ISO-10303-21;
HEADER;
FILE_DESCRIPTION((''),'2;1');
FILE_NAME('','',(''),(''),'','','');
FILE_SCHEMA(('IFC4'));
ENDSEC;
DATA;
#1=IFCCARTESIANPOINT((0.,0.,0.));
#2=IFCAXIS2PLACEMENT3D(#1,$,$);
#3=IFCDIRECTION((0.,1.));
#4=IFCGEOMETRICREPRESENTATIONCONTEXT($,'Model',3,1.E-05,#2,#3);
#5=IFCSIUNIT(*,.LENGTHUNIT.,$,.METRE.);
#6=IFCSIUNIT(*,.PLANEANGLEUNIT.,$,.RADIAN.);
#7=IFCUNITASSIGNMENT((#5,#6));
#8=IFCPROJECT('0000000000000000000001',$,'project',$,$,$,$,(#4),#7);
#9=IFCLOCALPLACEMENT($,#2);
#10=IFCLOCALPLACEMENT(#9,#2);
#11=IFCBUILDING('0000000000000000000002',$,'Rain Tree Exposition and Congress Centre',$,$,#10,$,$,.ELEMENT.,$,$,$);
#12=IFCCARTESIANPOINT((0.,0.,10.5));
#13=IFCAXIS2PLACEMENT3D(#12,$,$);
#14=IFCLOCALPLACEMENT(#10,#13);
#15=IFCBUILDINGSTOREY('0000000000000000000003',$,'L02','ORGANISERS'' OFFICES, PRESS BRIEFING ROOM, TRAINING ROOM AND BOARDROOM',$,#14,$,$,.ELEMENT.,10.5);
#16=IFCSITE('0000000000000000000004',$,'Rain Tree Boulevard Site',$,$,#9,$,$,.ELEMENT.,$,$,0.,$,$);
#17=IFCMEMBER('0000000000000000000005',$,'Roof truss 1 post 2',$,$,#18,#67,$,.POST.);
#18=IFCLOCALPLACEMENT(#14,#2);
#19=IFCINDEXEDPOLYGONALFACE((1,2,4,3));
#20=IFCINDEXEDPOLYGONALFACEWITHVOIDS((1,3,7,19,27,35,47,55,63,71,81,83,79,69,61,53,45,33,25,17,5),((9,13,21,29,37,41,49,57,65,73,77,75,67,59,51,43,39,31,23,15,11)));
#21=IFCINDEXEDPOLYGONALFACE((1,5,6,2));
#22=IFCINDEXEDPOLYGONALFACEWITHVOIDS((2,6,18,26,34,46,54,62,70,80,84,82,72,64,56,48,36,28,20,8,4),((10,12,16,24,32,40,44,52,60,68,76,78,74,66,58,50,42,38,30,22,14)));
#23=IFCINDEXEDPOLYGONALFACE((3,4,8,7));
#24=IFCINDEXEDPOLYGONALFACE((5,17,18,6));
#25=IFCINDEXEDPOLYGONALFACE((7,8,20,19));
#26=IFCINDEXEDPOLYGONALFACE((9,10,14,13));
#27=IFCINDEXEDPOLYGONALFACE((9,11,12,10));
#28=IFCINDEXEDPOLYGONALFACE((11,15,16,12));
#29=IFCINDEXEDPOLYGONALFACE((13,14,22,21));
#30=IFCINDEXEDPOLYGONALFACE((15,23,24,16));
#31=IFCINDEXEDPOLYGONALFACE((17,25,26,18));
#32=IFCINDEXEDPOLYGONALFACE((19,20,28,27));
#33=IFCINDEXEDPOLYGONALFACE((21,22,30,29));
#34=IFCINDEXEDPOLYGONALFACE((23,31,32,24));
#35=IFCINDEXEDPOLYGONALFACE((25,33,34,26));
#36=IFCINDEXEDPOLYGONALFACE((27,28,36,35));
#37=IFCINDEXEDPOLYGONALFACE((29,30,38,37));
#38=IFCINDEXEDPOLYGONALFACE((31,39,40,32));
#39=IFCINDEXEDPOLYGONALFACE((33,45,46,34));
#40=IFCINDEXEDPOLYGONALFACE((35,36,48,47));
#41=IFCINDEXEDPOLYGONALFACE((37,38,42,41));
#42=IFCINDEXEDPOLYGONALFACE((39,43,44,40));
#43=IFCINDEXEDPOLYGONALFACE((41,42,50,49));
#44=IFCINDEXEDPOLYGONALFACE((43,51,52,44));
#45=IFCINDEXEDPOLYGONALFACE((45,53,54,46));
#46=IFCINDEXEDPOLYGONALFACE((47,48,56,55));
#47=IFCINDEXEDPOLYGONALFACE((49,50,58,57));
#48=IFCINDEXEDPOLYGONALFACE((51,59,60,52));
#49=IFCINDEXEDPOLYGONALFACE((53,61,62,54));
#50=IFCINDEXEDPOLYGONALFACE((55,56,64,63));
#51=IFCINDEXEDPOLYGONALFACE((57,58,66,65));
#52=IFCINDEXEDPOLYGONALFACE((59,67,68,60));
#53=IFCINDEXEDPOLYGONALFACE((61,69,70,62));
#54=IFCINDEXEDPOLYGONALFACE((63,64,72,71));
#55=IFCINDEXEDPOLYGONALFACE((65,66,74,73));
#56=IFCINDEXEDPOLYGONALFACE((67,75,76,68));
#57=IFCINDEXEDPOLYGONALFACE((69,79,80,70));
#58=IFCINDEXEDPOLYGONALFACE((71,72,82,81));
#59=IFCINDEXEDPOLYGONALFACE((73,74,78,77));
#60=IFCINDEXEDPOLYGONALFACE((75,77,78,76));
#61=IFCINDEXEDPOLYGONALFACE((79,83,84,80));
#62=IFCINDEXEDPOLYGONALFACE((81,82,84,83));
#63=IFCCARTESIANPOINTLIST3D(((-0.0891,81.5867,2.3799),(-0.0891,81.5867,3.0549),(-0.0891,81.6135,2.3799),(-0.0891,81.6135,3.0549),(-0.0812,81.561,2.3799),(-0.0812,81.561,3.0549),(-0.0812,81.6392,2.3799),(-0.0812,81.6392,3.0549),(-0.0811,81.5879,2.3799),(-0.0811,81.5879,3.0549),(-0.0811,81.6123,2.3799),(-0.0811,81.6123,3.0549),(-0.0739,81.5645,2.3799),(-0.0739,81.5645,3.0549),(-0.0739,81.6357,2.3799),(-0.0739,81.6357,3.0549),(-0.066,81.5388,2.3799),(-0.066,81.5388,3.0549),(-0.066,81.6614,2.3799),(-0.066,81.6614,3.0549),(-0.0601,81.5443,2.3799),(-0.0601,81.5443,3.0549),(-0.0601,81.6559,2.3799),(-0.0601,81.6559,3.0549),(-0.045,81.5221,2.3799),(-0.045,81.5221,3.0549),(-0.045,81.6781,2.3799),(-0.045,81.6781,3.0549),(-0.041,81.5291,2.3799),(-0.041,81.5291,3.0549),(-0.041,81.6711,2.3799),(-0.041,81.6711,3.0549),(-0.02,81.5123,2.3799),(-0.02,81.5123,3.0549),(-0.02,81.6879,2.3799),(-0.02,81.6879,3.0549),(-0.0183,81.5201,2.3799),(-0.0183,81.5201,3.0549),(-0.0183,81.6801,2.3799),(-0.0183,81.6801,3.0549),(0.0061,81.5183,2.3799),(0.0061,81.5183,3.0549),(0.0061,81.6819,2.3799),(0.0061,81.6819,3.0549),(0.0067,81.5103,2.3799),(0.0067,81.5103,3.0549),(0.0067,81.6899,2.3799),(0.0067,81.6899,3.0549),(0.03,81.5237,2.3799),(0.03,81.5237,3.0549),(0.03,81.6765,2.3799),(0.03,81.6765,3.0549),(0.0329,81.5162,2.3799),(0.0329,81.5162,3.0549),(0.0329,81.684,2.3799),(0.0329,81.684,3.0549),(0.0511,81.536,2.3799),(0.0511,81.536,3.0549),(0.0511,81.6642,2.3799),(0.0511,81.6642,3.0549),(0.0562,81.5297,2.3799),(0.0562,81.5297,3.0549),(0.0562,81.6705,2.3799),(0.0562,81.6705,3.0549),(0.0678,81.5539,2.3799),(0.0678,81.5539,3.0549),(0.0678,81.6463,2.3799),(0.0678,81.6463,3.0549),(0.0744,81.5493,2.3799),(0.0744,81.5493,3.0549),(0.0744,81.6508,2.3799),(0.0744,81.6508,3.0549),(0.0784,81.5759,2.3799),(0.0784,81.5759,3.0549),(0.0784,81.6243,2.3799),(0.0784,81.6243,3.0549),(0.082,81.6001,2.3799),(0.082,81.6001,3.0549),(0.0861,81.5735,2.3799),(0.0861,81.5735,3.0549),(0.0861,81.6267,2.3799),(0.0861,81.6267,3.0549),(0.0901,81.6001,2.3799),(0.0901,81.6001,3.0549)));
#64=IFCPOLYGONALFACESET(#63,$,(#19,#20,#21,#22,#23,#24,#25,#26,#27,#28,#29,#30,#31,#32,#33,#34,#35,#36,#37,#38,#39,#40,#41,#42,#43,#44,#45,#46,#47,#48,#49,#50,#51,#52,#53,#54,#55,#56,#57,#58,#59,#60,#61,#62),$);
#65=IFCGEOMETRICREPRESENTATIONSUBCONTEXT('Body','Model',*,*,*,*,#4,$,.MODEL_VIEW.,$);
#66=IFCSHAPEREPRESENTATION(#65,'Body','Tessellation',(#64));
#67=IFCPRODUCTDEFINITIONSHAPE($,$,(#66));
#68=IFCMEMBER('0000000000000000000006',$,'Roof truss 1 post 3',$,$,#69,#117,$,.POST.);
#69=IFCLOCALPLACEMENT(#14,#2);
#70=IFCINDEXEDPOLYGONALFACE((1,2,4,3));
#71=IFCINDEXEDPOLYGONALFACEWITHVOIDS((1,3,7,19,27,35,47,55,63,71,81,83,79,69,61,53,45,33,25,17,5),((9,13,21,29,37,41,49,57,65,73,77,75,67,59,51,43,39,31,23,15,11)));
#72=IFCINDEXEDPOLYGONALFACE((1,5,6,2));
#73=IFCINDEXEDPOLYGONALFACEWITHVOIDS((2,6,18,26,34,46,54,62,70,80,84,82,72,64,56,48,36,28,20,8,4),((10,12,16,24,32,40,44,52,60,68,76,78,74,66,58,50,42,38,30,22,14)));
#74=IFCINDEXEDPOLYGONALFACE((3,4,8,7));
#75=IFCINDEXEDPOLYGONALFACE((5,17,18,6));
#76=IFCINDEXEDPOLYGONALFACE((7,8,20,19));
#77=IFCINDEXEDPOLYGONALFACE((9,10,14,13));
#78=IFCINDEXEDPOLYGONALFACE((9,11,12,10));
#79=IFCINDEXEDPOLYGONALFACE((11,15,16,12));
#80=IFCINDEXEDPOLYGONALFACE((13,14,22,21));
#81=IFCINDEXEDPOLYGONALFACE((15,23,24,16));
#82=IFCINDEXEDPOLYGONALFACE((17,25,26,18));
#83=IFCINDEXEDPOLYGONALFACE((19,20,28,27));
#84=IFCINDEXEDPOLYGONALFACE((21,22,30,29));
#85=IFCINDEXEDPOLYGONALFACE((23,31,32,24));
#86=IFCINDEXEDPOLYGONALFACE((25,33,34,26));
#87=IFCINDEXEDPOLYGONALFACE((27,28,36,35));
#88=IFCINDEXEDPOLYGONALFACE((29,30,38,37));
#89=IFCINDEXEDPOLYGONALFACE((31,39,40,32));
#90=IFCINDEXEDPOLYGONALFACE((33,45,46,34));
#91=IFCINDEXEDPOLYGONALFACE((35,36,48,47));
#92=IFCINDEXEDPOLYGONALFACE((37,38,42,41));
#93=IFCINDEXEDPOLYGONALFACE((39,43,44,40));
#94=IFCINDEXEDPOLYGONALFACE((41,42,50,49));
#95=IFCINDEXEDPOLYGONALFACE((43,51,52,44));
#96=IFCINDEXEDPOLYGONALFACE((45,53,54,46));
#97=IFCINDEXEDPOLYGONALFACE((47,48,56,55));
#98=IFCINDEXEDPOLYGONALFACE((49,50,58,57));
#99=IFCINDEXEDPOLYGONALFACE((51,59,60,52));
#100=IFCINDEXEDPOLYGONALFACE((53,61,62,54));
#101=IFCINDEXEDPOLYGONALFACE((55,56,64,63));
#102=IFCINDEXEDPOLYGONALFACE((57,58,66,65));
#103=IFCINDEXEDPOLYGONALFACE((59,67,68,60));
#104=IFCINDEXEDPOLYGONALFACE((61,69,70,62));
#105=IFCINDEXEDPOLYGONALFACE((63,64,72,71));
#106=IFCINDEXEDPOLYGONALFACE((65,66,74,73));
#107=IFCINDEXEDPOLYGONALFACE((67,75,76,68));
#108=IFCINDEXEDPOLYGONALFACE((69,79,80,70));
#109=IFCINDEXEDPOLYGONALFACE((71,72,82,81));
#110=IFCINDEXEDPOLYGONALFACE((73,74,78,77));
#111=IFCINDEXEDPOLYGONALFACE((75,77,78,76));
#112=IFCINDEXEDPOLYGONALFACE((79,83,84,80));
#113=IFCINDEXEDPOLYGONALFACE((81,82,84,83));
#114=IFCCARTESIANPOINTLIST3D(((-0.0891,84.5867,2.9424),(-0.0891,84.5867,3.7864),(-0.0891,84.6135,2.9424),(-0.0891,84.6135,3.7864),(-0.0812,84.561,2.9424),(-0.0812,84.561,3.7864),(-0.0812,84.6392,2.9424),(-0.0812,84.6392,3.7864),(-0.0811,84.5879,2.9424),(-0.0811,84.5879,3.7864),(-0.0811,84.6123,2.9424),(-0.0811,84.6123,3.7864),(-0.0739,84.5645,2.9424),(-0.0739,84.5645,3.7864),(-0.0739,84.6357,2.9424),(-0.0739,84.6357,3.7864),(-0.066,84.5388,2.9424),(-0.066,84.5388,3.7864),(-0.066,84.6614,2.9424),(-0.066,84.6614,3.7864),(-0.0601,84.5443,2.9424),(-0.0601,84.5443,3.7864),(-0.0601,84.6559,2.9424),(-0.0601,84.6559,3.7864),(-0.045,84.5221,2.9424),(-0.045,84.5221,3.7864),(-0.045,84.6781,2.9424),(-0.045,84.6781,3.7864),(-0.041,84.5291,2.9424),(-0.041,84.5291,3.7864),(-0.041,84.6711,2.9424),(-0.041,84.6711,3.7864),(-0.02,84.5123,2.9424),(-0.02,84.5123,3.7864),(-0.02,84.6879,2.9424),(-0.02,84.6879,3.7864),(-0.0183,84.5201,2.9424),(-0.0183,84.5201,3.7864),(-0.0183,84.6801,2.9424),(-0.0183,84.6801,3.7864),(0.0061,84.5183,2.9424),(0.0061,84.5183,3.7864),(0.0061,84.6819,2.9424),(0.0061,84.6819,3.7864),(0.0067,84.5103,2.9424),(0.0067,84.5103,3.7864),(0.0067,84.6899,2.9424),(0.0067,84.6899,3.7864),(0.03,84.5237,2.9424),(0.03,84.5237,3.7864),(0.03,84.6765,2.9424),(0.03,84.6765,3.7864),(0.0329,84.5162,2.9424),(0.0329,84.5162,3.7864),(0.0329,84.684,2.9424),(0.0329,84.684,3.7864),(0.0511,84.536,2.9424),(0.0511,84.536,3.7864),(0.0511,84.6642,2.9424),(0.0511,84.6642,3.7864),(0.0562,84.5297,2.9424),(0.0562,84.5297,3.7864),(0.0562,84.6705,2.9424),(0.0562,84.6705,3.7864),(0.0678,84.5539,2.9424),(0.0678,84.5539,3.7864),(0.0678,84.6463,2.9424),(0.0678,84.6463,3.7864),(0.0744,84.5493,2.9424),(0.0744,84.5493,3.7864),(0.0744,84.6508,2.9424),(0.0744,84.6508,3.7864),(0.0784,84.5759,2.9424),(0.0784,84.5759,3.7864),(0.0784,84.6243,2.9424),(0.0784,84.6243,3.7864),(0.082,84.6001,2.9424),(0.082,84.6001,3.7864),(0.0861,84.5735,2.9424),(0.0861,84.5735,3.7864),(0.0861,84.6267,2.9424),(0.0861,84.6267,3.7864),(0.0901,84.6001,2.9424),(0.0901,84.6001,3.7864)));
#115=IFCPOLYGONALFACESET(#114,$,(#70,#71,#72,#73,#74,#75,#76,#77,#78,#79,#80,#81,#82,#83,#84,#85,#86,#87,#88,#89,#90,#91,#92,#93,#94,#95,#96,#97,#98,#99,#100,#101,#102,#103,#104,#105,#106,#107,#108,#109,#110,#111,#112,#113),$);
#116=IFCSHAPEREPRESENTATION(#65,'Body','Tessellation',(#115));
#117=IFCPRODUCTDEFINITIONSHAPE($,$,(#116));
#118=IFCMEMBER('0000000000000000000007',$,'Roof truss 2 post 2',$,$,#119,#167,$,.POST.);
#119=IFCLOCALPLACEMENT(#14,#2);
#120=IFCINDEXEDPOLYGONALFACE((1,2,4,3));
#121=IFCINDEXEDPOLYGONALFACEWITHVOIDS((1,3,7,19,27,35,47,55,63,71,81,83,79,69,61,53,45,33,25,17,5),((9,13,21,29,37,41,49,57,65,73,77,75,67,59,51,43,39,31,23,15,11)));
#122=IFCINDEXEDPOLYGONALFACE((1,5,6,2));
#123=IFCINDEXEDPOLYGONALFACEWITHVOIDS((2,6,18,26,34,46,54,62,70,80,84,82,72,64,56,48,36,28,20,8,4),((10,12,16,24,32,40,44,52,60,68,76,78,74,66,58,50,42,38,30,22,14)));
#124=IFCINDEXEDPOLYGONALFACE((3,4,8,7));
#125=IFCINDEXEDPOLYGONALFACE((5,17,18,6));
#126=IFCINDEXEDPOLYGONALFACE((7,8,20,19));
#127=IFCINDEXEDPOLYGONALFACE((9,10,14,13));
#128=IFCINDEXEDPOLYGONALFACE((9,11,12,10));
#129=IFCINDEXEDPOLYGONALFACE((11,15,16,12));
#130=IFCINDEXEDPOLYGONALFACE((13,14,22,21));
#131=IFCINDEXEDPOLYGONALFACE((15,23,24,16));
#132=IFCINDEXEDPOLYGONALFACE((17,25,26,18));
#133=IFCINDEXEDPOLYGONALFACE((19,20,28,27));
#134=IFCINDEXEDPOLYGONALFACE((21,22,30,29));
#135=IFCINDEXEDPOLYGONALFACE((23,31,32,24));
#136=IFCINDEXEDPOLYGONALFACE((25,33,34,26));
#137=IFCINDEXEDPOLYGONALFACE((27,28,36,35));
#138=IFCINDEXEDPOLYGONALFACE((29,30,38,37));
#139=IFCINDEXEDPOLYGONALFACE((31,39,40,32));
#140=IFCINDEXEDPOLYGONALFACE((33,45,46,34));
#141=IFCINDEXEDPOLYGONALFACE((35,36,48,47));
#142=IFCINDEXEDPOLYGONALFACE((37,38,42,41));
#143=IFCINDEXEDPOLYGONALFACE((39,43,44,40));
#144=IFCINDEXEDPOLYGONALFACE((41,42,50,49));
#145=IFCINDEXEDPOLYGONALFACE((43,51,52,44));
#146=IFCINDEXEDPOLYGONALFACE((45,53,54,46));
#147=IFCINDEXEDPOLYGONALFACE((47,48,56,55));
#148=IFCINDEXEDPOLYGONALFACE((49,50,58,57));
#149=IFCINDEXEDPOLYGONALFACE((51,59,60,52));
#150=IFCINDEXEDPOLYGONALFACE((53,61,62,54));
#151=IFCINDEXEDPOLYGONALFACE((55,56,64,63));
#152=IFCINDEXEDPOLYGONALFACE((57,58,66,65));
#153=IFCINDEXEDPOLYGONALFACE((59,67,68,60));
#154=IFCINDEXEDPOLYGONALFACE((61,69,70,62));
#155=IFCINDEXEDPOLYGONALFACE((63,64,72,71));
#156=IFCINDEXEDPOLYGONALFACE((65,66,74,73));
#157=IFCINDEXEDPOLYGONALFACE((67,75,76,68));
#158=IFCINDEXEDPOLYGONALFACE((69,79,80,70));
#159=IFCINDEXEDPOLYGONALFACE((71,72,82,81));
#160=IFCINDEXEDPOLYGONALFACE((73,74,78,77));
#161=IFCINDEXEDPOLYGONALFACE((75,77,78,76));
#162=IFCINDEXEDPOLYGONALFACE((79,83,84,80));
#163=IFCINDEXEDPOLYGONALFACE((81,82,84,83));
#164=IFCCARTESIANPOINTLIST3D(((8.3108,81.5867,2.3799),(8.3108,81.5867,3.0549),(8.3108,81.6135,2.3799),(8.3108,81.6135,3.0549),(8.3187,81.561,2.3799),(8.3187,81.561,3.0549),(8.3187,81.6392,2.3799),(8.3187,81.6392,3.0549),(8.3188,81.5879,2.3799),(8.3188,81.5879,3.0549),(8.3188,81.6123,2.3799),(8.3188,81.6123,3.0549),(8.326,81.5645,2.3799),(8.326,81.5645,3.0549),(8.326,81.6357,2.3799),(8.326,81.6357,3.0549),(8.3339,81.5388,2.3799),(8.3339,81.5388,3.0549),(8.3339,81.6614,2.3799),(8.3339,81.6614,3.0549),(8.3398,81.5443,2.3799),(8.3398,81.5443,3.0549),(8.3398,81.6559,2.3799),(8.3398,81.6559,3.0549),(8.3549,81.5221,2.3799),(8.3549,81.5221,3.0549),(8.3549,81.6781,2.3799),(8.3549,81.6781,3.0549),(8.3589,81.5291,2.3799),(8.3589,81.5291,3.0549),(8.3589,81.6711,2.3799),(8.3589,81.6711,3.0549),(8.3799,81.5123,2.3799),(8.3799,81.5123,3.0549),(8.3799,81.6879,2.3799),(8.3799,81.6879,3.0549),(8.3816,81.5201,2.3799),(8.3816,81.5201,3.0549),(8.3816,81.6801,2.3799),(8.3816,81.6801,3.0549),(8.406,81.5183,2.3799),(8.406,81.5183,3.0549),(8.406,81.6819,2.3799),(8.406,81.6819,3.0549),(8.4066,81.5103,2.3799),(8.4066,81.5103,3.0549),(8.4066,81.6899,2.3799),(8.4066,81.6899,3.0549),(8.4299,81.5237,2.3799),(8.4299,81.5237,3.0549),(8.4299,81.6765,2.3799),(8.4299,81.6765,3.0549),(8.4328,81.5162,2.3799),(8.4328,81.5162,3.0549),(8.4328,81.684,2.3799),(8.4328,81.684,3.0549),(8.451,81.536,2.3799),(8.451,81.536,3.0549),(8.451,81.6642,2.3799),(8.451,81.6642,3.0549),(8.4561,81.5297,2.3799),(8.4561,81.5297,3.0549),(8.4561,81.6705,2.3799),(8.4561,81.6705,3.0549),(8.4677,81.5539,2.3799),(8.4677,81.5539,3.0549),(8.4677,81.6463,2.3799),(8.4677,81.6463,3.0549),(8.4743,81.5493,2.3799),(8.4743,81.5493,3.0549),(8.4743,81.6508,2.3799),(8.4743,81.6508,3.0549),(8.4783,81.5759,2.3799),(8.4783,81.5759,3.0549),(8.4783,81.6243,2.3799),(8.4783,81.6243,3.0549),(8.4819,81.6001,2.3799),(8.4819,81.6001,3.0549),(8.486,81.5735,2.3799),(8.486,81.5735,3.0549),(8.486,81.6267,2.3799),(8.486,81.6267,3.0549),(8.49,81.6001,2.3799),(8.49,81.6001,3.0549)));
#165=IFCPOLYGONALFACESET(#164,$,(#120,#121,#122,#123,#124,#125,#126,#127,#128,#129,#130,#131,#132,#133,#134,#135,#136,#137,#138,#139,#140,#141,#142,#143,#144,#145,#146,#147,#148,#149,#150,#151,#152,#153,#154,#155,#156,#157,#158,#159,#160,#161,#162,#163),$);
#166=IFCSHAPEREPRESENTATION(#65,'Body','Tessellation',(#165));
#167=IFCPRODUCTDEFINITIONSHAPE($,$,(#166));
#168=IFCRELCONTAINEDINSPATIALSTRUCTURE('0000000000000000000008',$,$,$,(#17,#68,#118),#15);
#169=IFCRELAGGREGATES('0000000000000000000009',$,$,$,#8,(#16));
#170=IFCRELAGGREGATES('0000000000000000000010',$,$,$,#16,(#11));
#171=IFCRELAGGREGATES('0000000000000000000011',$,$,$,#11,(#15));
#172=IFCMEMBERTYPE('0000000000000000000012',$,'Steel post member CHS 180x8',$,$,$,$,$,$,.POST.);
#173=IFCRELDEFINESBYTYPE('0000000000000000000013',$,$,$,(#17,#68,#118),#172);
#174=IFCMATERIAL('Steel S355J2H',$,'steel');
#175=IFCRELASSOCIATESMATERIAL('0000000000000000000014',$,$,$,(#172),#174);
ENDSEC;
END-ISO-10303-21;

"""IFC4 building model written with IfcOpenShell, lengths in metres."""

from ifc_helpers import new_model, si_unit, direction, frame, origin, origin_2d, place, context, subcontext, project, spatial, hollow_circle, extrude, material, material_profile, profile_set, type_object, element, save


model = new_model("IFC4")

# Units and contexts
model_context = context("Model", 3, precision=1e-05, world=origin(), true_north=direction((0.0, 1.0)))
body_context = subcontext(model_context, "Body", "Model", "MODEL_VIEW")
ifc_project = project(units=[si_unit("LENGTHUNIT", "METRE"), si_unit("PLANEANGLEUNIT", "RADIAN")], contexts=[model_context])

# Site, building, storey
site_placement = place(None, origin())
site = spatial("IfcSite", under=ifc_project, at=site_placement, Name="Rain Tree Boulevard Site", CompositionType="ELEMENT", RefElevation=0.0)
building_placement = place(site_placement, origin())
building = spatial("IfcBuilding", under=site, at=building_placement, Name="Rain Tree Exposition and Congress Centre", CompositionType="ELEMENT")
storey_placement = place(building_placement, frame((0.0, 0.0, 10.5)))
storey = spatial("IfcBuildingStorey", under=building, at=storey_placement, Name="L02", Description="ORGANISERS' OFFICES, PRESS BRIEFING ROOM, TRAINING ROOM AND BOARDROOM", CompositionType="ELEMENT", Elevation=10.5)

# Members
ifc_material_1 = material(Name="Steel S355J2H", Category="steel")
ifc_material_profile_1 = material_profile(ifc_material_1, hollow_circle(Radius=0.0901, WallThickness=0.0081, at=origin_2d()), Name="CHS 180x8")
ifc_profile_set_1 = profile_set([ifc_material_profile_1], Name="Steel S355J2H")
member_type_1 = type_object("IfcMemberType", Name="Steel post member CHS 180x8", PredefinedType="POST", material=ifc_profile_set_1)
member_1_placement = place(storey_placement, frame((0.0, 81.6001, 2.3799), z_axis=(0.0, 0.0, 1.0), x_axis=(1.0, 0.0, 0.0)))
element("IfcMember", 1, at=member_1_placement, inside=storey, type_object=member_type_1, Name="Roof truss 1 post 2", PredefinedType="POST", context=body_context, shape_type="SweptSolid", body=[
    extrude(hollow_circle(Radius=0.0901, WallThickness=0.0081, at=origin_2d()), origin(), (0.0, 0.0, 1.0), 0.675),
])
member_2_placement = place(storey_placement, frame((0.0, 84.6001, 2.9424), z_axis=(0.0, 0.0, 1.0), x_axis=(1.0, 0.0, 0.0)))
element("IfcMember", 2, at=member_2_placement, inside=storey, type_object=member_type_1, Name="Roof truss 1 post 3", PredefinedType="POST", context=body_context, shape_type="SweptSolid", body=[
    extrude(hollow_circle(Radius=0.0901, WallThickness=0.0081, at=origin_2d()), origin(), (0.0, 0.0, 1.0), 0.844),
])
member_3_placement = place(storey_placement, frame((8.3999, 81.6001, 2.3799), z_axis=(0.0, 0.0, 1.0), x_axis=(1.0, 0.0, 0.0)))
element("IfcMember", 3, at=member_3_placement, inside=storey, type_object=member_type_1, Name="Roof truss 2 post 2", PredefinedType="POST", context=body_context, shape_type="SweptSolid", body=[
    extrude(hollow_circle(Radius=0.0901, WallThickness=0.0081, at=origin_2d()), origin(), (0.0, 0.0, 1.0), 0.675),
])

save(model, "model.ifc")
